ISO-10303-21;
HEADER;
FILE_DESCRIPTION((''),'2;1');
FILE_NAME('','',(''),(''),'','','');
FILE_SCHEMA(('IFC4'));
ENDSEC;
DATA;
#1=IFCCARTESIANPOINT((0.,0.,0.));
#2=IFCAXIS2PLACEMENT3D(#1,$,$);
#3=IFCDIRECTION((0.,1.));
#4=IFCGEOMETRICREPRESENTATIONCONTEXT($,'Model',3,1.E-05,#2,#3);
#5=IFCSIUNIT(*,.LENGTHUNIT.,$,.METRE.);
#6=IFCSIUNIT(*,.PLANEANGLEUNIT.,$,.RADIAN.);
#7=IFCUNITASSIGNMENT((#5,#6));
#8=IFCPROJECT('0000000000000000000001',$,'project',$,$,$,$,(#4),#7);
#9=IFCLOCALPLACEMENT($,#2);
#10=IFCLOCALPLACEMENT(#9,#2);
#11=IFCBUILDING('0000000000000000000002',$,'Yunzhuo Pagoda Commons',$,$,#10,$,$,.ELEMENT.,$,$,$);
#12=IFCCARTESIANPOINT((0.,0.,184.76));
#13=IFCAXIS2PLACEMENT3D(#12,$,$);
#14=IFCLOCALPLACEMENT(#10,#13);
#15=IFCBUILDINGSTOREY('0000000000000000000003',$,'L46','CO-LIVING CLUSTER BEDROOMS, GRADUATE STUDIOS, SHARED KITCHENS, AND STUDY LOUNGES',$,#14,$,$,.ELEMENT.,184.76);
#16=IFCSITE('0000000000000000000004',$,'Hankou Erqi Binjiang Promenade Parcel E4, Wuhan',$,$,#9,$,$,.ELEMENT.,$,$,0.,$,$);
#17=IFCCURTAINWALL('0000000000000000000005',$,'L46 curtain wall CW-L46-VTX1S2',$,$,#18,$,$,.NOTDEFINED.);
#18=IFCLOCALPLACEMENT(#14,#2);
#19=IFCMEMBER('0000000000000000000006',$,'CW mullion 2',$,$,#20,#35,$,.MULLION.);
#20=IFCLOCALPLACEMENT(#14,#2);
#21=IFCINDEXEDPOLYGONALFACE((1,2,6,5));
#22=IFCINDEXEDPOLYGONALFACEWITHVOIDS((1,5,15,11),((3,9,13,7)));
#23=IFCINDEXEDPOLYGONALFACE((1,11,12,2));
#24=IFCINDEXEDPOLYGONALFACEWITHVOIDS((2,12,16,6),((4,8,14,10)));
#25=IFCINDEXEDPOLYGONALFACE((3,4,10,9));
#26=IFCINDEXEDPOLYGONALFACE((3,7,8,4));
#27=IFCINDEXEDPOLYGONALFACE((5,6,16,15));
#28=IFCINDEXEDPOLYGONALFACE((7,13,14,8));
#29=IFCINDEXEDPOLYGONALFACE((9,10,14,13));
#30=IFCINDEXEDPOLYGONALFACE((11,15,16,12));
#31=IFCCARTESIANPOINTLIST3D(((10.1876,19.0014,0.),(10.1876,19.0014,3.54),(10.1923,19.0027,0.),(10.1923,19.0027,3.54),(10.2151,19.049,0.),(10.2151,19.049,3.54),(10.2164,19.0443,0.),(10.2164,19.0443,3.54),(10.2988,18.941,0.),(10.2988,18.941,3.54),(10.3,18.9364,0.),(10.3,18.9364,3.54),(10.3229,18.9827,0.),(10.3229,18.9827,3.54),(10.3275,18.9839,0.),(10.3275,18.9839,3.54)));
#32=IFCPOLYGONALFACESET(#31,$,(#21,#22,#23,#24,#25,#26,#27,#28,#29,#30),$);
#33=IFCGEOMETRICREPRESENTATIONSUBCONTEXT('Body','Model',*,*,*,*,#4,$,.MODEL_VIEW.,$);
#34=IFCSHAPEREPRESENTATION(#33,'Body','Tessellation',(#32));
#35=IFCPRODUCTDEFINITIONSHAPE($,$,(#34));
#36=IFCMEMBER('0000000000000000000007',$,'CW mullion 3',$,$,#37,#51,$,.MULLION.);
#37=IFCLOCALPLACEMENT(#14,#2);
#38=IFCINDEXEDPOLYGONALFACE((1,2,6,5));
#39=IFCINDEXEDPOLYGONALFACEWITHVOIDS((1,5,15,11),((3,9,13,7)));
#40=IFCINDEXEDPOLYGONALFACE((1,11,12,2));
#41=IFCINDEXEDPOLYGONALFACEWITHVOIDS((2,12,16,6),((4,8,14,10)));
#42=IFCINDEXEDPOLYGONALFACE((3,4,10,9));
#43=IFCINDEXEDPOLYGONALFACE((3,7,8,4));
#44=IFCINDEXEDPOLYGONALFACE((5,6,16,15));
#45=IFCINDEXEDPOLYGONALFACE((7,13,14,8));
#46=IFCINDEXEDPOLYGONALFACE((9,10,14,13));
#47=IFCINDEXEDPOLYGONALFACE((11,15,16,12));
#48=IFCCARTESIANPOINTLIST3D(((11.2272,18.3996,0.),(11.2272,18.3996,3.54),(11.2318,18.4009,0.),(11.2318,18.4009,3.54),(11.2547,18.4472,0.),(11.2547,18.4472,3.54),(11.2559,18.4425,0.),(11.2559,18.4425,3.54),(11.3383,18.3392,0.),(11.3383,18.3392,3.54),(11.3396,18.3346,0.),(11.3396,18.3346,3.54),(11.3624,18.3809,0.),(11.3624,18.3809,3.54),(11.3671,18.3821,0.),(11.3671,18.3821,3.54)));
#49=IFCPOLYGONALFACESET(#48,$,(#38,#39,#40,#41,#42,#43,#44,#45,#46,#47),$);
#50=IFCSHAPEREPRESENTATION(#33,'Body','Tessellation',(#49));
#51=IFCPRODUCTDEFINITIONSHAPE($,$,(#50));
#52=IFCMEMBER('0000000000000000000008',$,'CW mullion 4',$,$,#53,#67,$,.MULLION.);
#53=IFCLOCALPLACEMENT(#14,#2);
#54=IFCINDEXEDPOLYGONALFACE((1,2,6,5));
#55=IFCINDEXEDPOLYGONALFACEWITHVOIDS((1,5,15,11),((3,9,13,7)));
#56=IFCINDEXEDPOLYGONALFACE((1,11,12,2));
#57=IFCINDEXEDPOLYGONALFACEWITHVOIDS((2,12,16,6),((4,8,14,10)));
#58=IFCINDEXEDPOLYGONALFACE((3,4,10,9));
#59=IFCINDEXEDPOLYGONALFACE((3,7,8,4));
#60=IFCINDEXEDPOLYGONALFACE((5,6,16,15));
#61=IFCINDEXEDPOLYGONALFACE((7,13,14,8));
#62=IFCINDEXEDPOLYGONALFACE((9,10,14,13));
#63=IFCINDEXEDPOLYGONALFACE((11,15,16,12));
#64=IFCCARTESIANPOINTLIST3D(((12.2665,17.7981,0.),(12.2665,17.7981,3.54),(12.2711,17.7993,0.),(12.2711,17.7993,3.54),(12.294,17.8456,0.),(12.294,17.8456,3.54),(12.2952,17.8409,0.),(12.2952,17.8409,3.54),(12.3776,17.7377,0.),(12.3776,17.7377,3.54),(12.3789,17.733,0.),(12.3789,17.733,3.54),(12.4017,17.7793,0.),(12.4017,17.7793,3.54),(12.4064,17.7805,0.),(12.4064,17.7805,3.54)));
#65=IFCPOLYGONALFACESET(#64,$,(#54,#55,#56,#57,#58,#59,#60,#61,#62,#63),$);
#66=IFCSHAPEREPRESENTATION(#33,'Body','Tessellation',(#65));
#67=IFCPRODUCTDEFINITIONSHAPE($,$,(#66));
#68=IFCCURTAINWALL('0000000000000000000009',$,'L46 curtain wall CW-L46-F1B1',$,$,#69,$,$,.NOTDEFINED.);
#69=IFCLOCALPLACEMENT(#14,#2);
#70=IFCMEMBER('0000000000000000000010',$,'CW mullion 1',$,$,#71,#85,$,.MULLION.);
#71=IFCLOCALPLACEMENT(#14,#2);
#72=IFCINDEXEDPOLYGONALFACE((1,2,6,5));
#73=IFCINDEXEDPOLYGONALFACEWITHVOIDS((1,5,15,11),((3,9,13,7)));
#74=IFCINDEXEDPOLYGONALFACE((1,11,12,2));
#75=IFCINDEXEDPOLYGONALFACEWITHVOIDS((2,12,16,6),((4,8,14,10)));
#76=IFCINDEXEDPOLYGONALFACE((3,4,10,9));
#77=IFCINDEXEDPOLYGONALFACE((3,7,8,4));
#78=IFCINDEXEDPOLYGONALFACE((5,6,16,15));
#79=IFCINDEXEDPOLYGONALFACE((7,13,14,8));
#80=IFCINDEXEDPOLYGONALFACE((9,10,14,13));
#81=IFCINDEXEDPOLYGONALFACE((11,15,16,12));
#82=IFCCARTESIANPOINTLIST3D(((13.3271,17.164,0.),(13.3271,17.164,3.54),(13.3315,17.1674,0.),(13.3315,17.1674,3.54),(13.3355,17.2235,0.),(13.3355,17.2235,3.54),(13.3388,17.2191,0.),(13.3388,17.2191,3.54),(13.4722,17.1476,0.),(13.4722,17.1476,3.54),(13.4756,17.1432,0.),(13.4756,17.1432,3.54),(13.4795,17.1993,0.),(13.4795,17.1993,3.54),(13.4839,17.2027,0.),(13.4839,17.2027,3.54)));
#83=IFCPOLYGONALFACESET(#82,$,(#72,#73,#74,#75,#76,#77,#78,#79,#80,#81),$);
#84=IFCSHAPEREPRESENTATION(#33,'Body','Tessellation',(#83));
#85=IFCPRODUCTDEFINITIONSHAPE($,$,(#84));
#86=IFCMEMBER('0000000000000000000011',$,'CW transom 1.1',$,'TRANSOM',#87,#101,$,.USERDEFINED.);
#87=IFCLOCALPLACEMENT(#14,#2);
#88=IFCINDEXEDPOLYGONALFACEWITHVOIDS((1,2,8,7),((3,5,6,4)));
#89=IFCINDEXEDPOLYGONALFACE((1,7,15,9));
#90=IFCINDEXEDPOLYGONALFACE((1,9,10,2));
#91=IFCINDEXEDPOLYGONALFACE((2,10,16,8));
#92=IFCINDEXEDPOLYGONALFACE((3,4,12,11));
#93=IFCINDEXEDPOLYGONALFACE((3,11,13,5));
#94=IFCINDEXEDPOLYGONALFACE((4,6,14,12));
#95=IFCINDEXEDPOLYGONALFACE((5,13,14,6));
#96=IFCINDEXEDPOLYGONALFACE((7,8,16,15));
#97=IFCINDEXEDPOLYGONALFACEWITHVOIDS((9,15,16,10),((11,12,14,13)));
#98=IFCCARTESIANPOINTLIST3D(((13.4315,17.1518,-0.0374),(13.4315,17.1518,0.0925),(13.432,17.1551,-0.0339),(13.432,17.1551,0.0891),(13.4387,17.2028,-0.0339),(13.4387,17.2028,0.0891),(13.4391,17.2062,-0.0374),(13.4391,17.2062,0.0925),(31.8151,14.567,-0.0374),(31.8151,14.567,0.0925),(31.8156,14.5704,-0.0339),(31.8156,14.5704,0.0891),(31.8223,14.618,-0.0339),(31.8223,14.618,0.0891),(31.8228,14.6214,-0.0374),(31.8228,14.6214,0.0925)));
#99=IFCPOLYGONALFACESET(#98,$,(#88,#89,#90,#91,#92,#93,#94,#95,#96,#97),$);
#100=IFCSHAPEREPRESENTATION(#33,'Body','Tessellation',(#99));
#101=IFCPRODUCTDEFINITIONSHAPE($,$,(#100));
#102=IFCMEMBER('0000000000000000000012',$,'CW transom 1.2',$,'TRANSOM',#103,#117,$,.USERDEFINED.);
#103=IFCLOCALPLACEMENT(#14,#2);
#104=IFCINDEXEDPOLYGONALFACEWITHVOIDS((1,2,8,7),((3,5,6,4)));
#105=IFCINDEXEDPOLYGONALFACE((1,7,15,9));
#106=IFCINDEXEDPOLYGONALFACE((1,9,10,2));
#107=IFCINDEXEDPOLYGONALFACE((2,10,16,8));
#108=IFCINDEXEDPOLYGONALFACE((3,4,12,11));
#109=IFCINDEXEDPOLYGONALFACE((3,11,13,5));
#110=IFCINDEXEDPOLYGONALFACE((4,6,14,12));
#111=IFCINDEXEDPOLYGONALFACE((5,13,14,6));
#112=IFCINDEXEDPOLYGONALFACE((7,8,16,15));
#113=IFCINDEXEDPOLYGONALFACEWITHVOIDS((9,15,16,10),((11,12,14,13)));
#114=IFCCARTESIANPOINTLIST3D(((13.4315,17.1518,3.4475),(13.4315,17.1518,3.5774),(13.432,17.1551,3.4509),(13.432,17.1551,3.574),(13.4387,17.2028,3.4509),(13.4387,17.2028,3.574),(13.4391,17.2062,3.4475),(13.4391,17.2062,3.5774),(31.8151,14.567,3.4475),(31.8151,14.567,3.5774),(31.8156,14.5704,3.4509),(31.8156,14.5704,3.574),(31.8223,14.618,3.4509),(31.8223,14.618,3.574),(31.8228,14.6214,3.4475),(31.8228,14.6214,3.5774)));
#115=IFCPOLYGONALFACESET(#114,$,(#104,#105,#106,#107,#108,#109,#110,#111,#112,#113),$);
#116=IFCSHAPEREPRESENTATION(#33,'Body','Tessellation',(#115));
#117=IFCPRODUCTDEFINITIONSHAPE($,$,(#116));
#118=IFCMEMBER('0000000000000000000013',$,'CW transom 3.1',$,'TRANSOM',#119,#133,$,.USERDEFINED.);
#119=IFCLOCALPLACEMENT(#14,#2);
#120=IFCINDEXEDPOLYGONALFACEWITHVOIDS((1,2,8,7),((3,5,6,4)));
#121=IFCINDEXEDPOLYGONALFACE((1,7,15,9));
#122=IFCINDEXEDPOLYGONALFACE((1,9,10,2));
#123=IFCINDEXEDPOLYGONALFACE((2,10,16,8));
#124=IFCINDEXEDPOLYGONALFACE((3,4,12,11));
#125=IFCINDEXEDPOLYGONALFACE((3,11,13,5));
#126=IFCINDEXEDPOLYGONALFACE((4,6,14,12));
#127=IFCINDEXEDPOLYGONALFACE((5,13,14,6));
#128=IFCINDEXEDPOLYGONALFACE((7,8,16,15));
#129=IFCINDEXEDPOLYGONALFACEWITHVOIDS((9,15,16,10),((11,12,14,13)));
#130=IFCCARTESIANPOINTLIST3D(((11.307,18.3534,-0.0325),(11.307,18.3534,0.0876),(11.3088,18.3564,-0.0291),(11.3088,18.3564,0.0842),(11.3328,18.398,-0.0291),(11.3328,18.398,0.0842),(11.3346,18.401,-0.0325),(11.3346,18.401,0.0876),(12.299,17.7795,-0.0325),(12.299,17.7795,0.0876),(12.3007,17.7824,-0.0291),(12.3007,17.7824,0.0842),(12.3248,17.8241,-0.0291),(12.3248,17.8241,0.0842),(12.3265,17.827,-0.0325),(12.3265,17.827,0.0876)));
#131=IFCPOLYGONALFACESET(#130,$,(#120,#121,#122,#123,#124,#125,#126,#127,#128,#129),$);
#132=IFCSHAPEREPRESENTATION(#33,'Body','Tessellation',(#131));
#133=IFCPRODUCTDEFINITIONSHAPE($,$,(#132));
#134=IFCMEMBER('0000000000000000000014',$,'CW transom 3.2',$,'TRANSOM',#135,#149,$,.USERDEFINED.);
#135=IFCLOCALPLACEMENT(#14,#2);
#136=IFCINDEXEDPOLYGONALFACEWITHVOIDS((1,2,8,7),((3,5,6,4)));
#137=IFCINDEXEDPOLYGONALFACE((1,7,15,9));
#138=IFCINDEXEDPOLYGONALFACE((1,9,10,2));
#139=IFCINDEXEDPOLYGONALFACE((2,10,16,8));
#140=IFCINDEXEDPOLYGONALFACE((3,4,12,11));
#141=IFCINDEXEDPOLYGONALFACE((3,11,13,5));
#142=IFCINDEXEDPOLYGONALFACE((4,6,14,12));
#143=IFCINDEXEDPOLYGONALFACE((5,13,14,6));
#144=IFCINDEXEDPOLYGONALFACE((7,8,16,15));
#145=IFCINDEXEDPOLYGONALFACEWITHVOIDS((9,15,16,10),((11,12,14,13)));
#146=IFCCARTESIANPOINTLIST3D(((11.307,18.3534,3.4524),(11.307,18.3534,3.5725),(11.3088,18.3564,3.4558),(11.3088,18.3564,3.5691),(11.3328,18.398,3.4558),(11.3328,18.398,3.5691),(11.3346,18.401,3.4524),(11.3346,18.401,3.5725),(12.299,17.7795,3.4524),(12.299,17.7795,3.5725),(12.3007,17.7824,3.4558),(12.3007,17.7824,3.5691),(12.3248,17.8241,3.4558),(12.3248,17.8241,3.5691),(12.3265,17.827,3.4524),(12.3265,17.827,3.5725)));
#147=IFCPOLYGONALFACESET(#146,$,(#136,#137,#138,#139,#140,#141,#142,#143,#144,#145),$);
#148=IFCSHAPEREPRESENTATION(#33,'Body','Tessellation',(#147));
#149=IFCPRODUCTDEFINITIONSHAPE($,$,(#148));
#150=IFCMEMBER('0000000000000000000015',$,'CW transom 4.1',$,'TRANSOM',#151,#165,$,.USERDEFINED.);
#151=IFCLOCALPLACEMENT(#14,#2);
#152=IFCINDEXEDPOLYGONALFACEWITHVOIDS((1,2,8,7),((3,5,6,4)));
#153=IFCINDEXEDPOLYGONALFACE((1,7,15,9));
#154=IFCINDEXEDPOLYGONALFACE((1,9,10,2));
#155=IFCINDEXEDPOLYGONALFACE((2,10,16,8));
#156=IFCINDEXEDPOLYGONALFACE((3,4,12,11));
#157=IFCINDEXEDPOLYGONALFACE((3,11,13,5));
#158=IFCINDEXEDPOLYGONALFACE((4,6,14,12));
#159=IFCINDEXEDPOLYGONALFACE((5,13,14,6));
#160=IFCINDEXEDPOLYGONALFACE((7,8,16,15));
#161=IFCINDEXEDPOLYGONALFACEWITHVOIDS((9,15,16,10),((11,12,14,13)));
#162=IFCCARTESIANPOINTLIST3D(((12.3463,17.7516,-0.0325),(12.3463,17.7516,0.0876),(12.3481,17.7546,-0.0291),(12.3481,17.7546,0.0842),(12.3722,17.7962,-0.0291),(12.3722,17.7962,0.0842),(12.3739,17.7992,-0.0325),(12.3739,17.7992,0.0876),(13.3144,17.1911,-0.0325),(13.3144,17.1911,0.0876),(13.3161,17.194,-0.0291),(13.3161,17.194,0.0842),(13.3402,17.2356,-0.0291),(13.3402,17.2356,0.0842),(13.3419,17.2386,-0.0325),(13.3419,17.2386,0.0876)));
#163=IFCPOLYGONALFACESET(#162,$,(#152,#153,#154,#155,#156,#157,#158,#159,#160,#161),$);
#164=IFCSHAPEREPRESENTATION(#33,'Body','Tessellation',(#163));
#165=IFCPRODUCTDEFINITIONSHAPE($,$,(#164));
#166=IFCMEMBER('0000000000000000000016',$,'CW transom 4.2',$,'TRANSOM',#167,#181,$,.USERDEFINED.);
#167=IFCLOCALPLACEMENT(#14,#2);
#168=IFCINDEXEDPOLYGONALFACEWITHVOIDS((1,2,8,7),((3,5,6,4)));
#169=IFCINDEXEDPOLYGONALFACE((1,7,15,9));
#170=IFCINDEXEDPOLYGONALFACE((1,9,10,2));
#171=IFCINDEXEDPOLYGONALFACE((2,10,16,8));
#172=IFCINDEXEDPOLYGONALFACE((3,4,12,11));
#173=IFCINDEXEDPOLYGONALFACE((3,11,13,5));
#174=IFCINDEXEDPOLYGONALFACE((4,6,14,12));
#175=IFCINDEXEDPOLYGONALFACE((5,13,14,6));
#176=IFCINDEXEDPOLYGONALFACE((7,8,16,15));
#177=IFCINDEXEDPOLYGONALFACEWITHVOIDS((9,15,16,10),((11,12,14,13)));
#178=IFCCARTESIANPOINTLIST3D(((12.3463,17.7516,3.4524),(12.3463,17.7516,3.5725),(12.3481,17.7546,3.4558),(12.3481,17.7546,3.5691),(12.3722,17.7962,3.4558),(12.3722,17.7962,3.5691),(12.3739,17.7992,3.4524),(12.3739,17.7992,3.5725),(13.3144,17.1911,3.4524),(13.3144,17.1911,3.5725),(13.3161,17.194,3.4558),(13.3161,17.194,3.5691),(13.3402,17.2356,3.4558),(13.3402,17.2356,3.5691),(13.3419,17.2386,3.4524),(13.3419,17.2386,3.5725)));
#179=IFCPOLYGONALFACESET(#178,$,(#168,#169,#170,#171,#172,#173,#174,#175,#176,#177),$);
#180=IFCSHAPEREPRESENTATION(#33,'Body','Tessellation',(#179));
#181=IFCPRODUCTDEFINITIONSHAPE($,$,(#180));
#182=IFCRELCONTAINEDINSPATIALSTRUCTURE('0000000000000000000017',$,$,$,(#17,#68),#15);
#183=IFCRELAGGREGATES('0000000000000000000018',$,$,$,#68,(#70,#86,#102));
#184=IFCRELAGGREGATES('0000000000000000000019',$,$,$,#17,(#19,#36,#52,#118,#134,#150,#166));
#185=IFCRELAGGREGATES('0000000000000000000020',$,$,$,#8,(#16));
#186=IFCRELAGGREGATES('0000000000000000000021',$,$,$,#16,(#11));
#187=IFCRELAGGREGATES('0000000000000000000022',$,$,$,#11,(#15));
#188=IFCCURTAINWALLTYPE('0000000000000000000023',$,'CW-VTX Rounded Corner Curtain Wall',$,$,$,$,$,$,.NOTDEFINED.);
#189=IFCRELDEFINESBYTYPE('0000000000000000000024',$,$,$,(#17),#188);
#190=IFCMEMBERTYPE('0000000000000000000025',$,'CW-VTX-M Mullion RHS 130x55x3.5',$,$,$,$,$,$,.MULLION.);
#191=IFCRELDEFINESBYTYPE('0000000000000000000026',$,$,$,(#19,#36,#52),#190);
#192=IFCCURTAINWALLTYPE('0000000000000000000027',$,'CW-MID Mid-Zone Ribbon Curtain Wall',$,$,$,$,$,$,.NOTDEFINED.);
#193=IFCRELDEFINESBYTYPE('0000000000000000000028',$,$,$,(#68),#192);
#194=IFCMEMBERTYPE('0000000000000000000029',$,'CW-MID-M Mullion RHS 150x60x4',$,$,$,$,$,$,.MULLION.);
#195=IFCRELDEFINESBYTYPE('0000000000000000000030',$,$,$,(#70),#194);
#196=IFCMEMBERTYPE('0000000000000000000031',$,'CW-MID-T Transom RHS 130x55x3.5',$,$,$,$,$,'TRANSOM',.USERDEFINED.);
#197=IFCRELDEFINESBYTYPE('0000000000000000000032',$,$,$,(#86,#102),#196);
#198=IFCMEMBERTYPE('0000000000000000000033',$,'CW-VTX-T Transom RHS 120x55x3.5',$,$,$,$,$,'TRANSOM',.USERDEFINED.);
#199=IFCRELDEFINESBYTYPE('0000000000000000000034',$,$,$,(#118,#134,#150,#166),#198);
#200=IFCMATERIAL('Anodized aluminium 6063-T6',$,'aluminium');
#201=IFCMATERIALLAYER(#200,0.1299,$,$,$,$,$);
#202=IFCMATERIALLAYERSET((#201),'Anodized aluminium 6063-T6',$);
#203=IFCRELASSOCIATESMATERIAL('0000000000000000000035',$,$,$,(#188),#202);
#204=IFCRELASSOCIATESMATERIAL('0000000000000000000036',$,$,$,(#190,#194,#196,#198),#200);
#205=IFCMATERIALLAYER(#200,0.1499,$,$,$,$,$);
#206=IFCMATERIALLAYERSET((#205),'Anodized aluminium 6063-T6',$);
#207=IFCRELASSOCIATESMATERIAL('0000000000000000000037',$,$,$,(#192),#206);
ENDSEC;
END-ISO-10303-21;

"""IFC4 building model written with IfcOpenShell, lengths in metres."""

from ifc_helpers import new_model, si_unit, direction, frame, origin, origin_2d, place, context, subcontext, project, spatial, hollow_rectangle, extrude, source, transform, mapped, material, layer, layer_set, material_profile, profile_set, type_object, element, aggregate, save


model = new_model("IFC4")

# Units and contexts
model_context = context("Model", 3, precision=1e-05, world=origin(), true_north=direction((0.0, 1.0)))
body_context = subcontext(model_context, "Body", "Model", "MODEL_VIEW")
ifc_project = project(units=[si_unit("LENGTHUNIT", "METRE"), si_unit("PLANEANGLEUNIT", "RADIAN")], contexts=[model_context])

# Site, building, storey
site_placement = place(None, origin())
site = spatial("IfcSite", under=ifc_project, at=site_placement, Name="Hankou Erqi Binjiang Promenade Parcel E4, Wuhan", CompositionType="ELEMENT", RefElevation=0.0)
building_placement = place(site_placement, origin())
building = spatial("IfcBuilding", under=site, at=building_placement, Name="Yunzhuo Pagoda Commons", CompositionType="ELEMENT")
storey_placement = place(building_placement, frame((0.0, 0.0, 184.76)))
storey = spatial("IfcBuildingStorey", under=building, at=storey_placement, Name="L46", Description="CO-LIVING CLUSTER BEDROOMS, GRADUATE STUDIOS, SHARED KITCHENS, AND STUDY LOUNGES", CompositionType="ELEMENT", Elevation=184.76)

# Curtain walls, members
ifc_material_1 = material(Name="Anodized aluminium 6063-T6", Category="aluminium")
ifc_layer_1 = layer(ifc_material_1, 0.1299)
ifc_layer_set_1 = layer_set([ifc_layer_1], Name="Anodized aluminium 6063-T6")
curtain_wall_type_1 = type_object("IfcCurtainWallType", Name="CW-VTX Rounded Corner Curtain Wall", PredefinedType="NOTDEFINED", material=ifc_layer_set_1)
curtain_wall_1_placement = place(storey_placement, origin())
curtain_wall_1 = element("IfcCurtainWall", 1, at=curtain_wall_1_placement, inside=storey, type_object=curtain_wall_type_1, Name="L46 curtain wall CW-L46-VTX1S2", PredefinedType="NOTDEFINED")
ifc_material_profile_1 = material_profile(ifc_material_1, hollow_rectangle(XDim=0.0549, YDim=0.1299, WallThickness=0.0034, at=origin_2d()), Name="Anodized aluminium 6063-T6")
ifc_profile_set_1 = profile_set([ifc_material_profile_1], Name="Anodized aluminium 6063-T6")
member_type_1 = type_object("IfcMemberType", Name="CW-VTX-M Mullion RHS 130x55x3.5", PredefinedType="MULLION", material=ifc_profile_set_1)
shared_shape_1 = source(origin(), body_context, "Body", "SweptSolid", [
    extrude(hollow_rectangle(XDim=0.0549, YDim=0.1299, WallThickness=0.0034, at=origin_2d()), origin(), (0.0, 0.0, 1.0), 3.54),
])
member_1_placement = place(storey_placement, frame((10.2576, 18.9927, 0.0), z_axis=(0.0, 0.0, 1.0), x_axis=(0.50104, 0.865424, 0.0)))
member_1 = element("IfcMember", 2, at=member_1_placement, type_object=member_type_1, Name="CW mullion 2", PredefinedType="MULLION", context=body_context, shape_type="MappedRepresentation", body=[
    mapped(shared_shape_1, transform((0.0, 0.0, 0.0), scale=1.0)),
])
member_2_placement = place(storey_placement, frame((11.2971, 18.3909, 0.0), z_axis=(0.0, 0.0, 1.0), x_axis=(0.50104, 0.865424, 0.0)))
member_2 = element("IfcMember", 3, at=member_2_placement, type_object=member_type_1, Name="CW mullion 3", PredefinedType="MULLION", context=body_context, shape_type="MappedRepresentation", body=[
    mapped(shared_shape_1, transform((0.0, 0.0, 0.0), scale=1.0)),
])
member_3_placement = place(storey_placement, frame((12.3364, 17.7893, 0.0), z_axis=(0.0, 0.0, 1.0), x_axis=(0.50104, 0.865424, 0.0)))
member_3 = element("IfcMember", 4, at=member_3_placement, type_object=member_type_1, Name="CW mullion 4", PredefinedType="MULLION", context=body_context, shape_type="MappedRepresentation", body=[
    mapped(shared_shape_1, transform((0.0, 0.0, 0.0), scale=1.0)),
])
ifc_layer_2 = layer(ifc_material_1, 0.1499)
ifc_layer_set_2 = layer_set([ifc_layer_2], Name="Anodized aluminium 6063-T6")
curtain_wall_type_2 = type_object("IfcCurtainWallType", Name="CW-MID Mid-Zone Ribbon Curtain Wall", PredefinedType="NOTDEFINED", material=ifc_layer_set_2)
curtain_wall_2_placement = place(storey_placement, origin())
curtain_wall_2 = element("IfcCurtainWall", 5, at=curtain_wall_2_placement, inside=storey, type_object=curtain_wall_type_2, Name="L46 curtain wall CW-L46-F1B1", PredefinedType="NOTDEFINED")
ifc_material_profile_2 = material_profile(ifc_material_1, hollow_rectangle(XDim=0.0601, YDim=0.1499, WallThickness=0.0039, at=origin_2d()), Name="Anodized aluminium 6063-T6")
ifc_profile_set_2 = profile_set([ifc_material_profile_2], Name="Anodized aluminium 6063-T6")
member_type_2 = type_object("IfcMemberType", Name="CW-MID-M Mullion RHS 150x60x4", PredefinedType="MULLION", material=ifc_profile_set_2)
shared_shape_2 = source(origin(), body_context, "Body", "SweptSolid", [
    extrude(hollow_rectangle(XDim=0.0601, YDim=0.1499, WallThickness=0.0039, at=origin_2d()), origin(), (0.0, 0.0, 1.0), 3.54),
])
member_4_placement = place(storey_placement, frame((13.4055, 17.1833, 0.0), z_axis=(0.0, 0.0, 1.0), x_axis=(0.139233, 0.99026, 0.0)))
member_4 = element("IfcMember", 6, at=member_4_placement, type_object=member_type_2, Name="CW mullion 1", PredefinedType="MULLION", context=body_context, shape_type="MappedRepresentation", body=[
    mapped(shared_shape_2, transform((0.0, 0.0, 0.0), scale=1.0)),
])
ifc_material_profile_3 = material_profile(ifc_material_1, hollow_rectangle(XDim=0.0549, YDim=0.1299, WallThickness=0.0034, at=origin_2d()), Name="Anodized aluminium 6063-T6")
ifc_profile_set_3 = profile_set([ifc_material_profile_3], Name="Anodized aluminium 6063-T6")
member_type_3 = type_object("IfcMemberType", Name="CW-MID-T Transom RHS 130x55x3.5", ElementType="TRANSOM", PredefinedType="USERDEFINED", material=ifc_profile_set_3)
shared_shape_3 = source(origin(), body_context, "Body", "SweptSolid", [
    extrude(hollow_rectangle(XDim=0.0549, YDim=0.1299, WallThickness=0.0034, at=origin_2d()), origin(), (0.0, 0.0, 1.0), 18.5645),
])
member_5_placement = place(storey_placement, frame((13.4353, 17.179, 0.0276), z_axis=(0.99026, -0.13923, 0.0), x_axis=(0.13923, 0.99026, 0.0)))
member_5 = element("IfcMember", 7, at=member_5_placement, type_object=member_type_3, Name="CW transom 1.1", ObjectType="TRANSOM", PredefinedType="USERDEFINED", context=body_context, shape_type="MappedRepresentation", body=[
    mapped(shared_shape_3, transform((0.0, 0.0, 0.0), scale=1.0)),
])
member_6_placement = place(storey_placement, frame((13.4353, 17.179, 3.5125), z_axis=(0.99026, -0.13923, 0.0), x_axis=(0.13923, 0.99026, 0.0)))
member_6 = element("IfcMember", 8, at=member_6_placement, type_object=member_type_3, Name="CW transom 1.2", ObjectType="TRANSOM", PredefinedType="USERDEFINED", context=body_context, shape_type="MappedRepresentation", body=[
    mapped(shared_shape_3, transform((0.0, 0.0, 0.0), scale=1.0)),
])
aggregate(curtain_wall_2, [member_4, member_5, member_6])

# Members
ifc_material_profile_4 = material_profile(ifc_material_1, hollow_rectangle(XDim=0.0549, YDim=0.1201, WallThickness=0.0034, at=origin_2d()), Name="Anodized aluminium 6063-T6")
ifc_profile_set_4 = profile_set([ifc_material_profile_4], Name="Anodized aluminium 6063-T6")
member_type_4 = type_object("IfcMemberType", Name="CW-VTX-T Transom RHS 120x55x3.5", ElementType="TRANSOM", PredefinedType="USERDEFINED", material=ifc_profile_set_4)
shared_shape_4 = source(origin(), body_context, "Body", "SweptSolid", [
    extrude(hollow_rectangle(XDim=0.0549, YDim=0.1201, WallThickness=0.0034, at=origin_2d()), origin(), (0.0, 0.0, 1.0), 1.146),
])
member_7_placement = place(storey_placement, frame((11.3208, 18.3772, 0.0276), z_axis=(0.865543, -0.500835, 0.0), x_axis=(0.500835, 0.865543, 0.0)))
member_7 = element("IfcMember", 9, at=member_7_placement, type_object=member_type_4, Name="CW transom 3.1", ObjectType="TRANSOM", PredefinedType="USERDEFINED", context=body_context, shape_type="MappedRepresentation", body=[
    mapped(shared_shape_4, transform((0.0, 0.0, 0.0), scale=1.0)),
])
member_8_placement = place(storey_placement, frame((11.3208, 18.3772, 3.5125), z_axis=(0.865543, -0.500835, 0.0), x_axis=(0.500835, 0.865543, 0.0)))
member_8 = element("IfcMember", 10, at=member_8_placement, type_object=member_type_4, Name="CW transom 3.2", ObjectType="TRANSOM", PredefinedType="USERDEFINED", context=body_context, shape_type="MappedRepresentation", body=[
    mapped(shared_shape_4, transform((0.0, 0.0, 0.0), scale=1.0)),
])
shared_shape_5 = source(origin(), body_context, "Body", "SweptSolid", [
    extrude(hollow_rectangle(XDim=0.0549, YDim=0.1201, WallThickness=0.0034, at=origin_2d()), origin(), (0.0, 0.0, 1.0), 1.1187),
])
member_9_placement = place(storey_placement, frame((12.3601, 17.7754, 0.0276), z_axis=(0.865381, -0.501114, 0.0), x_axis=(0.501114, 0.865381, 0.0)))
member_9 = element("IfcMember", 11, at=member_9_placement, type_object=member_type_4, Name="CW transom 4.1", ObjectType="TRANSOM", PredefinedType="USERDEFINED", context=body_context, shape_type="MappedRepresentation", body=[
    mapped(shared_shape_5, transform((0.0, 0.0, 0.0), scale=1.0)),
])
member_10_placement = place(storey_placement, frame((12.3601, 17.7754, 3.5125), z_axis=(0.865381, -0.501114, 0.0), x_axis=(0.501114, 0.865381, 0.0)))
member_10 = element("IfcMember", 12, at=member_10_placement, type_object=member_type_4, Name="CW transom 4.2", ObjectType="TRANSOM", PredefinedType="USERDEFINED", context=body_context, shape_type="MappedRepresentation", body=[
    mapped(shared_shape_5, transform((0.0, 0.0, 0.0), scale=1.0)),
])

aggregate(curtain_wall_1, [member_1, member_2, member_3, member_7, member_8, member_9, member_10])

save(model, "model.ifc")
